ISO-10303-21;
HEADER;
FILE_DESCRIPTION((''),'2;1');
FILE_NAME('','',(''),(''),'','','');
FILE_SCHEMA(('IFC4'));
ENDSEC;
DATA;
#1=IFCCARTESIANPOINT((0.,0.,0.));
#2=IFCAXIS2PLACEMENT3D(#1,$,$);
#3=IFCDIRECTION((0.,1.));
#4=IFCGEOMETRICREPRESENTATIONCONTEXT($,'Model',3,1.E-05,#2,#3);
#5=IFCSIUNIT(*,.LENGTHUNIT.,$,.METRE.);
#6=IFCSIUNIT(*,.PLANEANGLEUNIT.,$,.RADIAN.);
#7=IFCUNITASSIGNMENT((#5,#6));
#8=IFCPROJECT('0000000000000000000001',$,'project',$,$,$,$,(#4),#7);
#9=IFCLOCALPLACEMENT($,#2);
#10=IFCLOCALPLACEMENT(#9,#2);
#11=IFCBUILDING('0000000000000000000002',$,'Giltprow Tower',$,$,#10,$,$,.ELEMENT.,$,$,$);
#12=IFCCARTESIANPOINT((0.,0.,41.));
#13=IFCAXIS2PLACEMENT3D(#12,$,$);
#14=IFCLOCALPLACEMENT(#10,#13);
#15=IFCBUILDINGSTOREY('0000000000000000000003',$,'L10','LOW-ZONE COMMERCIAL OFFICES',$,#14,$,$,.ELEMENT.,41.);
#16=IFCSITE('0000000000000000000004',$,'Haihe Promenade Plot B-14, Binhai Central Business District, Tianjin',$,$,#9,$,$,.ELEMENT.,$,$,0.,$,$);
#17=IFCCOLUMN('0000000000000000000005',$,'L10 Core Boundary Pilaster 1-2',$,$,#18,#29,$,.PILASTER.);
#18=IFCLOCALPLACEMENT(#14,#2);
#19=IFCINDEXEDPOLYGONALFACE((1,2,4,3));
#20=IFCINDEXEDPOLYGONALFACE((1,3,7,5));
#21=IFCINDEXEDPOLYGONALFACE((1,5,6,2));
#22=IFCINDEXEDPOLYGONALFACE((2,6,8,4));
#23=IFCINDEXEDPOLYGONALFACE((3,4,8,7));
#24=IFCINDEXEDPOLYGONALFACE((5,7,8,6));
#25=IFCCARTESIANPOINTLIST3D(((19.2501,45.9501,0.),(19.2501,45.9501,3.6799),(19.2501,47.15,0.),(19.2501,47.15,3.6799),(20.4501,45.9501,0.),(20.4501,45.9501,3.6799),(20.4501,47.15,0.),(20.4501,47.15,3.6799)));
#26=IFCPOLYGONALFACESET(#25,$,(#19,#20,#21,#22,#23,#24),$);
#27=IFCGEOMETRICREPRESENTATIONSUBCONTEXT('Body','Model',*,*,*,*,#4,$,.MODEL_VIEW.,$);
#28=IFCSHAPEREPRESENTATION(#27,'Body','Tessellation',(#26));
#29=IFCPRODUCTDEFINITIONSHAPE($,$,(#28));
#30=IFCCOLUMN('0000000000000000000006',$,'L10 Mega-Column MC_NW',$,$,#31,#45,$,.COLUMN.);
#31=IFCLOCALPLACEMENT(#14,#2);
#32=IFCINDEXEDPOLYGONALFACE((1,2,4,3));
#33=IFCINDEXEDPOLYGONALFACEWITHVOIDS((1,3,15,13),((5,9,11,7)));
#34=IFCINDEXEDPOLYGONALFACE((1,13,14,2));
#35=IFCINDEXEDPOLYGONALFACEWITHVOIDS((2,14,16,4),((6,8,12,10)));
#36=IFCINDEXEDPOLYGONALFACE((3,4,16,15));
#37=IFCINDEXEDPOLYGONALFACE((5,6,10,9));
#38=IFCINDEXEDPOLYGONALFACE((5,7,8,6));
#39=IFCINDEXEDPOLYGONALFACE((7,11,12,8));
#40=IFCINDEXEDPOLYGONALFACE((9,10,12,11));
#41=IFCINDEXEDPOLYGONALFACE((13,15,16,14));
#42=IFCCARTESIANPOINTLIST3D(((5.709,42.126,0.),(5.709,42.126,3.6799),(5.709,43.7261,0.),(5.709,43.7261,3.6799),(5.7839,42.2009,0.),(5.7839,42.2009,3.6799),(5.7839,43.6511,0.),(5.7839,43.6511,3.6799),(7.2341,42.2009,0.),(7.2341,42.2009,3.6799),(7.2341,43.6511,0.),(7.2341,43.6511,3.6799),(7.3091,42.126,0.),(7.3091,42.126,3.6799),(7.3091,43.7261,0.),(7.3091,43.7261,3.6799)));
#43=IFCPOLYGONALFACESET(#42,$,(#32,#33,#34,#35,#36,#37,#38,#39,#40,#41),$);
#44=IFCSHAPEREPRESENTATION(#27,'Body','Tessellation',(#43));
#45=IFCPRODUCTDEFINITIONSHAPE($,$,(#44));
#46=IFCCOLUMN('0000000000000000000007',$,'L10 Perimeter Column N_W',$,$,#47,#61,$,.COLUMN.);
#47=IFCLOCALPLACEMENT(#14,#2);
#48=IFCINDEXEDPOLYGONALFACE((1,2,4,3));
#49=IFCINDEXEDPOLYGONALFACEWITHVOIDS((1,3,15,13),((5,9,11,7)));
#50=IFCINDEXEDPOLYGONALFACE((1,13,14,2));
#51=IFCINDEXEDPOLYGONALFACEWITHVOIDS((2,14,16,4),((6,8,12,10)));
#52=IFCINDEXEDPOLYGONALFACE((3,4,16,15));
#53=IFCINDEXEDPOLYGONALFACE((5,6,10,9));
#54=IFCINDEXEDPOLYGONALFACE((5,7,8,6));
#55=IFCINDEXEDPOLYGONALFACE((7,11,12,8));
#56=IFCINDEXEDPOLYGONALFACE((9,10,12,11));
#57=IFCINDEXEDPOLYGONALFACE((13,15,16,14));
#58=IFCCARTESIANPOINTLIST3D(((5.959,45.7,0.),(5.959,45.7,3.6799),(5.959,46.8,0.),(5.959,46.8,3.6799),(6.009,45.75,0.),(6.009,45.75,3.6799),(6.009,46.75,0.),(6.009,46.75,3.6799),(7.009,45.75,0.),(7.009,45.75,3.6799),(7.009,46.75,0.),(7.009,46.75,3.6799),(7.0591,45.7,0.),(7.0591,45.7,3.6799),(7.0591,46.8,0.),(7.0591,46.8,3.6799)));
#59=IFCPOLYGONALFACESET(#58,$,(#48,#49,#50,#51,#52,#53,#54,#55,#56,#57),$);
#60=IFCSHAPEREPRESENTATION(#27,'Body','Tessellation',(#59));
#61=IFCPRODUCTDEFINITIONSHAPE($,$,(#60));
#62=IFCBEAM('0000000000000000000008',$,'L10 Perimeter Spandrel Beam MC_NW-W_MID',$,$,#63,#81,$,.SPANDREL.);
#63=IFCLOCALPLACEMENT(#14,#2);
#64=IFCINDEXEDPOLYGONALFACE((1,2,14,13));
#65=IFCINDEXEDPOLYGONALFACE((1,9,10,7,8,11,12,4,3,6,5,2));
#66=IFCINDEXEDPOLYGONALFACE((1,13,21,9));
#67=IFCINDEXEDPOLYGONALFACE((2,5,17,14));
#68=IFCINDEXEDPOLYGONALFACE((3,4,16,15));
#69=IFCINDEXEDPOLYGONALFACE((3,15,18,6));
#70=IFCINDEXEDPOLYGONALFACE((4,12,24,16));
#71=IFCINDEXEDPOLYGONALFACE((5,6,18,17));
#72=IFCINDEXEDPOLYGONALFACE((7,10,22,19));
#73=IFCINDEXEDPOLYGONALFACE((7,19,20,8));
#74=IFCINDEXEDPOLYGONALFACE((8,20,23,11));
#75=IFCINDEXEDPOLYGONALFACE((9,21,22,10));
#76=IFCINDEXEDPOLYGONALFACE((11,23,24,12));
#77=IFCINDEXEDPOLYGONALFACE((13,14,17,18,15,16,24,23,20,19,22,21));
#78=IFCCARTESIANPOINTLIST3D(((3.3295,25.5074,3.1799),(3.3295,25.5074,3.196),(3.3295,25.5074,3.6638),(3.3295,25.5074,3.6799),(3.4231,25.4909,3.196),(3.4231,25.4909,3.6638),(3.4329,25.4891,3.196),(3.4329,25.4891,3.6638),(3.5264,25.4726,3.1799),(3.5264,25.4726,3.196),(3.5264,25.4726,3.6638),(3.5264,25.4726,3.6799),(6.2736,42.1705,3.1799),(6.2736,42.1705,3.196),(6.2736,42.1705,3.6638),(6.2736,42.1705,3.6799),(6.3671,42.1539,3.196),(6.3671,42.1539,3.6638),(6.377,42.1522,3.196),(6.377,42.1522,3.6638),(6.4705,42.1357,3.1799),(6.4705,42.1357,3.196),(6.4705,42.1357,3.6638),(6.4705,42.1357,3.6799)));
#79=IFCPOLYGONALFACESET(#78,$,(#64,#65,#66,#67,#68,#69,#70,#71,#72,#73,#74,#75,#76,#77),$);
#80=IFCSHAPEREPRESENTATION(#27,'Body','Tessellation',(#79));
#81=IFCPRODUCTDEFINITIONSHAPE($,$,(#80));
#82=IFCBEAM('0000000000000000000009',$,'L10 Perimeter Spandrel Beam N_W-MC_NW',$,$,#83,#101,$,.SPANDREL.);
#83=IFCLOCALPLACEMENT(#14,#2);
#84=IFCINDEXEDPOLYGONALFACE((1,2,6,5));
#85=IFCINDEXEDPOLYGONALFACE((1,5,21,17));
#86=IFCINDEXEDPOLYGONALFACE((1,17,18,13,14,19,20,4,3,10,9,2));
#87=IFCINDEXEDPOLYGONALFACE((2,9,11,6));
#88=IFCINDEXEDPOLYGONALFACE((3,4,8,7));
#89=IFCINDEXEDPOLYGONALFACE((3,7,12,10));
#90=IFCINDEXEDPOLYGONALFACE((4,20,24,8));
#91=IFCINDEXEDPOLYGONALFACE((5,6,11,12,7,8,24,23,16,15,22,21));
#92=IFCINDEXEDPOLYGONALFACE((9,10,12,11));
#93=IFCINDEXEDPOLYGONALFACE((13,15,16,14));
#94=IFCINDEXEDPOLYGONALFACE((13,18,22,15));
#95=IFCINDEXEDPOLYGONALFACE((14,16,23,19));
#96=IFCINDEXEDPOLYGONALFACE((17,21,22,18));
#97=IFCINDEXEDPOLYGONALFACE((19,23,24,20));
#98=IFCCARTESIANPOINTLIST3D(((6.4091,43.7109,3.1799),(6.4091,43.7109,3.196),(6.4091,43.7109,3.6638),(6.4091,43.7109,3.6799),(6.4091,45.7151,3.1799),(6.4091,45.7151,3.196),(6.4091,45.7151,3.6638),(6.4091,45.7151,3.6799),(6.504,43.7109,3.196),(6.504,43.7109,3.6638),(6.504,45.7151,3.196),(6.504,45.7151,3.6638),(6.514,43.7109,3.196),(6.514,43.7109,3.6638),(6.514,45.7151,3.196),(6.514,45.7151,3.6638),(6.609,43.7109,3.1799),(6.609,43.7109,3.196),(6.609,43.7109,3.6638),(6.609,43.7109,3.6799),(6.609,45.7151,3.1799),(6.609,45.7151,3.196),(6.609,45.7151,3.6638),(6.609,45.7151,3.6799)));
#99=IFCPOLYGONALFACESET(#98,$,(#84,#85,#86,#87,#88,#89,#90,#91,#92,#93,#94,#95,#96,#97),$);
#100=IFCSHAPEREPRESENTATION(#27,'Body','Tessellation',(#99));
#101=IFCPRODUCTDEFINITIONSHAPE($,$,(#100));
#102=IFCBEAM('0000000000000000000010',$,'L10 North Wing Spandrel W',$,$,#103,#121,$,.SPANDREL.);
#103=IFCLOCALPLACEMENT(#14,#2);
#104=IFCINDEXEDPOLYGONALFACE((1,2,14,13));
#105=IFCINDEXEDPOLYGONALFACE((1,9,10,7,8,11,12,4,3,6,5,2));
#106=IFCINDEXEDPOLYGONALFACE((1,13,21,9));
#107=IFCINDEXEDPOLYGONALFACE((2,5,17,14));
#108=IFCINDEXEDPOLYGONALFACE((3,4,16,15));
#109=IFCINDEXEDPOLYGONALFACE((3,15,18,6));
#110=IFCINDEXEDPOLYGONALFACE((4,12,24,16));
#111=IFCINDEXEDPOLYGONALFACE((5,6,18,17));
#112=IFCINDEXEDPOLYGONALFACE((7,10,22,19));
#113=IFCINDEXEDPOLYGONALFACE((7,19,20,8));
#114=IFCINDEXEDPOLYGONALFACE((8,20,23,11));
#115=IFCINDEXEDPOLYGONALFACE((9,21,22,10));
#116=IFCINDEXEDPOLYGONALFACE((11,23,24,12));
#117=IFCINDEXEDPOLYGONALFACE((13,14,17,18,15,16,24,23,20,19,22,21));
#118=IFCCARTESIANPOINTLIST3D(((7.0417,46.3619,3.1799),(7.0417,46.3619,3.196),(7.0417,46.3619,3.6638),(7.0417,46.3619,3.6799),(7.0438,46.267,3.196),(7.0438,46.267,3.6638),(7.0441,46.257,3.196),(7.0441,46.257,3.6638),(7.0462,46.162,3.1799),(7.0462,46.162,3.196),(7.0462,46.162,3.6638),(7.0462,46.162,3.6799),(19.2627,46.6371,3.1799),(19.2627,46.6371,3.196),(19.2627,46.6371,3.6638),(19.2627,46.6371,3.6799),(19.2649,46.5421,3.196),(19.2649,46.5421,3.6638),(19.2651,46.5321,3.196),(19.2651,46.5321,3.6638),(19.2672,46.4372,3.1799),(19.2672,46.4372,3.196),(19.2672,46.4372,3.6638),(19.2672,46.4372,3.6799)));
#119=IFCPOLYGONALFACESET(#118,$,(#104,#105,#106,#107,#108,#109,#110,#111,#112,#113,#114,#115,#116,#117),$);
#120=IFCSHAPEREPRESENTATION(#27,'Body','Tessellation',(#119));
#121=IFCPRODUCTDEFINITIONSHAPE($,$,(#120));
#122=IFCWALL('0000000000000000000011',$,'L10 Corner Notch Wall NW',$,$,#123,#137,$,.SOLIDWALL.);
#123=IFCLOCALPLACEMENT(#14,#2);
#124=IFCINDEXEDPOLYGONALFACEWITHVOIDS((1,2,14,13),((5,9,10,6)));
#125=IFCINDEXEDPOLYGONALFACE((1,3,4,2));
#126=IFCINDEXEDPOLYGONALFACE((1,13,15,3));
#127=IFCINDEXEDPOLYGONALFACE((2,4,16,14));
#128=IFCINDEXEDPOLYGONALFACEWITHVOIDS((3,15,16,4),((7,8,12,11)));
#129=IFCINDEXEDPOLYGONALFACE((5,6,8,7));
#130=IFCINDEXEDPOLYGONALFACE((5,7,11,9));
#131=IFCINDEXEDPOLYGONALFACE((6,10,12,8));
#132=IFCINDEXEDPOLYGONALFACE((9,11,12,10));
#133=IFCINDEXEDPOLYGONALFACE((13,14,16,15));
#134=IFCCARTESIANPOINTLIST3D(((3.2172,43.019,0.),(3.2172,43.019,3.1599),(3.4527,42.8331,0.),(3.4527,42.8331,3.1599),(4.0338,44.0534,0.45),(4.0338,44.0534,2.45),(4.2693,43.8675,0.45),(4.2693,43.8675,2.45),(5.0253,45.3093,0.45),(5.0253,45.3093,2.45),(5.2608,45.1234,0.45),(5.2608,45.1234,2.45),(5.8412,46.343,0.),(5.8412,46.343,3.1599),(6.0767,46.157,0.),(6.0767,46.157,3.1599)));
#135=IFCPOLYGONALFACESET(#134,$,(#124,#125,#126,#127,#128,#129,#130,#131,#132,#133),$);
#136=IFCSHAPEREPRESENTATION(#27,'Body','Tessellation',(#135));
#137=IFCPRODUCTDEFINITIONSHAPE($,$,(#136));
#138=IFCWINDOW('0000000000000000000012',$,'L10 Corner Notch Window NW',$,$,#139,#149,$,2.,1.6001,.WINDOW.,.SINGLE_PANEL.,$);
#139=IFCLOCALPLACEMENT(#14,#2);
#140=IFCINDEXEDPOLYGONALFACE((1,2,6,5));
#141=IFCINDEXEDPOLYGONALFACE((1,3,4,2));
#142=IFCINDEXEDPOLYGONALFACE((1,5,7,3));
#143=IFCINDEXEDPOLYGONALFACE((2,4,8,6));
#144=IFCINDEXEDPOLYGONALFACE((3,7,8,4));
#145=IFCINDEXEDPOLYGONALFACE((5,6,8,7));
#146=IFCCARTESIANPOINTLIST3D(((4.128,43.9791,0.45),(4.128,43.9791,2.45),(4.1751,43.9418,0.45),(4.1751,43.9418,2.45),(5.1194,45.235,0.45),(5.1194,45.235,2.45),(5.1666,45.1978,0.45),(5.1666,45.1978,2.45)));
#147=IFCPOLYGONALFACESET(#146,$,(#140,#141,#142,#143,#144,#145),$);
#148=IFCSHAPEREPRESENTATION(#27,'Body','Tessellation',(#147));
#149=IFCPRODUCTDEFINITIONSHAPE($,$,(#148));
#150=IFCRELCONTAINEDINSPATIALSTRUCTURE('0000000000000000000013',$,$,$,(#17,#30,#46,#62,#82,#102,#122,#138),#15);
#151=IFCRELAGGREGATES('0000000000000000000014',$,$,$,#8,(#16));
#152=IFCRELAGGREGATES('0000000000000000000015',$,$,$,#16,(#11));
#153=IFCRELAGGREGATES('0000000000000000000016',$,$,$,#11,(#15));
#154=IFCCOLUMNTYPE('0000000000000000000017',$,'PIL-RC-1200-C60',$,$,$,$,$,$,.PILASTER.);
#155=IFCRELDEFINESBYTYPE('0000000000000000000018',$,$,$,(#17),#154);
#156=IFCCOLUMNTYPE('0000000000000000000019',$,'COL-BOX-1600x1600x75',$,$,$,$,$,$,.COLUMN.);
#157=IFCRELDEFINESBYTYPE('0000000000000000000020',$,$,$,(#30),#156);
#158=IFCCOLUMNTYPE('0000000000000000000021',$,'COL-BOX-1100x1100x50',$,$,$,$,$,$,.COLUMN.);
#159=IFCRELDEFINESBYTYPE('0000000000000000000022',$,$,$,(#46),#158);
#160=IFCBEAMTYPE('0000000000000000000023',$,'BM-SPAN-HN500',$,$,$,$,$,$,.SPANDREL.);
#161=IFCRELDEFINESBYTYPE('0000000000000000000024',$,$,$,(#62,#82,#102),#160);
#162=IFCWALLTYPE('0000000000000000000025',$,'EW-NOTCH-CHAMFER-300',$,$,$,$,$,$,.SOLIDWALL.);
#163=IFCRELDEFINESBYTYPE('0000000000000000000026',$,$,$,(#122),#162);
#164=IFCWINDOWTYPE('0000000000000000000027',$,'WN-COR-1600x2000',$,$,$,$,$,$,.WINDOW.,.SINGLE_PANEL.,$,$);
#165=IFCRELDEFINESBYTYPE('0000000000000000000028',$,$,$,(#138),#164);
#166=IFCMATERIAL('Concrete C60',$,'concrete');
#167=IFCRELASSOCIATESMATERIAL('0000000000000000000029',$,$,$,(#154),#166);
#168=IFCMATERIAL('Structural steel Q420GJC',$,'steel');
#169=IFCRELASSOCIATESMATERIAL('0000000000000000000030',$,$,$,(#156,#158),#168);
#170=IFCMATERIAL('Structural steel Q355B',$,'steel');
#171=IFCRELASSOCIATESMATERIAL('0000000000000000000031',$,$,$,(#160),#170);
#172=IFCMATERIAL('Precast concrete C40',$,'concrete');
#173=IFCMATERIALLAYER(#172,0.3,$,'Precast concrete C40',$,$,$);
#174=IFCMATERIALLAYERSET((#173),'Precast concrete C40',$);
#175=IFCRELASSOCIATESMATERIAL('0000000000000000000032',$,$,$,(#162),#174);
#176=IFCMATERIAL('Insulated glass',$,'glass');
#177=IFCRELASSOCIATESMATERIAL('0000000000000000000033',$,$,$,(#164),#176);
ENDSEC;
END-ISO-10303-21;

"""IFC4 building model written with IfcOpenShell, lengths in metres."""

from ifc_helpers import new_model, si_unit, direction, frame, frame_2d, origin, origin_2d, place, context, subcontext, project, spatial, rectangle, hollow_rectangle, i_section, extrude, source, transform, mapped, material, layer, layer_set, material_profile, profile_set, type_object, element, fill, save


model = new_model("IFC4")

# Units and contexts
model_context = context("Model", 3, precision=1e-05, world=origin(), true_north=direction((0.0, 1.0)))
body_context = subcontext(model_context, "Body", "Model", "MODEL_VIEW")
ifc_project = project(units=[si_unit("LENGTHUNIT", "METRE"), si_unit("PLANEANGLEUNIT", "RADIAN")], contexts=[model_context])

# Site, building, storey
site_placement = place(None, origin())
site = spatial("IfcSite", under=ifc_project, at=site_placement, Name="Haihe Promenade Plot B-14, Binhai Central Business District, Tianjin", CompositionType="ELEMENT", RefElevation=0.0)
building_placement = place(site_placement, origin())
building = spatial("IfcBuilding", under=site, at=building_placement, Name="Giltprow Tower", CompositionType="ELEMENT")
storey_placement = place(building_placement, frame((0.0, 0.0, 41.0)))
storey = spatial("IfcBuildingStorey", under=building, at=storey_placement, Name="L10", Description="LOW-ZONE COMMERCIAL OFFICES", CompositionType="ELEMENT", Elevation=41.0)

# Columns
ifc_material_1 = material(Name="Concrete C60", Category="concrete")
ifc_material_profile_1 = material_profile(ifc_material_1, rectangle(XDim=1.2, YDim=1.2, at=origin_2d()), Name="RC 1200x1200")
ifc_profile_set_1 = profile_set([ifc_material_profile_1], Name="Concrete C60")
column_type_1 = type_object("IfcColumnType", Name="PIL-RC-1200-C60", PredefinedType="PILASTER", material=ifc_profile_set_1)
shared_shape_1 = source(origin(), body_context, "Body", "SweptSolid", [
    extrude(rectangle(XDim=1.2, YDim=1.2, at=origin_2d()), origin(), (0.0, 0.0, 1.0), 3.6799),
])
column_1_placement = place(storey_placement, frame((19.8501, 46.55, 0.0), z_axis=(0.0, 0.0, 1.0), x_axis=(1.0, 0.0, 0.0)))
element("IfcColumn", 1, at=column_1_placement, inside=storey, type_object=column_type_1, Name="L10 Core Boundary Pilaster 1-2", PredefinedType="PILASTER", context=body_context, shape_type="MappedRepresentation", body=[
    mapped(shared_shape_1, transform((0.0, 0.0, 0.0), x_axis=(1.0, 0.0, 0.0), y_axis=(0.0, 1.0, 0.0), z_axis=(0.0, 0.0, 1.0), scale=1.0)),
])
ifc_material_2 = material(Name="Structural steel Q420GJC", Category="steel")
ifc_material_profile_2 = material_profile(ifc_material_2, hollow_rectangle(XDim=1.6001, YDim=1.6001, WallThickness=0.075, at=origin_2d()), Name="BOX 1600x1600x75")
ifc_profile_set_2 = profile_set([ifc_material_profile_2], Name="Structural steel Q420GJC")
column_type_2 = type_object("IfcColumnType", Name="COL-BOX-1600x1600x75", PredefinedType="COLUMN", material=ifc_profile_set_2)
shared_shape_2 = source(origin(), body_context, "Body", "SweptSolid", [
    extrude(hollow_rectangle(XDim=1.6001, YDim=1.6001, WallThickness=0.075, at=origin_2d()), origin(), (0.0, 0.0, 1.0), 3.6799),
])
column_2_placement = place(storey_placement, frame((6.509, 42.926, 0.0), z_axis=(0.0, 0.0, 1.0), x_axis=(1.0, 0.0, 0.0)))
element("IfcColumn", 2, at=column_2_placement, inside=storey, type_object=column_type_2, Name="L10 Mega-Column MC_NW", PredefinedType="COLUMN", context=body_context, shape_type="MappedRepresentation", body=[
    mapped(shared_shape_2, transform((0.0, 0.0, 0.0), x_axis=(1.0, 0.0, 0.0), y_axis=(0.0, 1.0, 0.0), z_axis=(0.0, 0.0, 1.0), scale=1.0)),
])
ifc_material_profile_3 = material_profile(ifc_material_2, hollow_rectangle(XDim=1.1001, YDim=1.1001, WallThickness=0.05, at=origin_2d()), Name="BOX 1100x1100x50")
ifc_profile_set_3 = profile_set([ifc_material_profile_3], Name="Structural steel Q420GJC")
column_type_3 = type_object("IfcColumnType", Name="COL-BOX-1100x1100x50", PredefinedType="COLUMN", material=ifc_profile_set_3)
shared_shape_3 = source(origin(), body_context, "Body", "SweptSolid", [
    extrude(hollow_rectangle(XDim=1.1001, YDim=1.1001, WallThickness=0.05, at=origin_2d()), origin(), (0.0, 0.0, 1.0), 3.6799),
])
column_3_placement = place(storey_placement, frame((6.509, 46.25, 0.0), z_axis=(0.0, 0.0, 1.0), x_axis=(1.0, 0.0, 0.0)))
element("IfcColumn", 3, at=column_3_placement, inside=storey, type_object=column_type_3, Name="L10 Perimeter Column N_W", PredefinedType="COLUMN", context=body_context, shape_type="MappedRepresentation", body=[
    mapped(shared_shape_3, transform((0.0, 0.0, 0.0), x_axis=(1.0, 0.0, 0.0), y_axis=(0.0, 1.0, 0.0), z_axis=(0.0, 0.0, 1.0), scale=1.0)),
])

# Beams
ifc_material_3 = material(Name="Structural steel Q355B", Category="steel")
ifc_material_profile_4 = material_profile(ifc_material_3, i_section(OverallWidth=0.2, OverallDepth=0.5, WebThickness=0.01, FlangeThickness=0.0161, at=origin_2d()), Name="HN 500x200x10x16")
ifc_profile_set_4 = profile_set([ifc_material_profile_4], Name="Structural steel Q355B")
beam_type = type_object("IfcBeamType", Name="BM-SPAN-HN500", PredefinedType="SPANDREL", material=ifc_profile_set_4)
shared_shape_4 = source(origin(), body_context, "Body", "SweptSolid", [
    extrude(i_section(OverallWidth=0.2, OverallDepth=0.5, WebThickness=0.01, FlangeThickness=0.0161, at=origin_2d()), origin(), (0.0, 0.0, 1.0), 16.9211),
])
beam_1_placement = place(storey_placement, frame((6.3721, 42.1531, 3.4299), z_axis=(-0.173989, -0.984748, 0.0), x_axis=(0.984748, -0.173989, 0.0)))
element("IfcBeam", 4, at=beam_1_placement, inside=storey, type_object=beam_type, Name="L10 Perimeter Spandrel Beam MC_NW-W_MID", PredefinedType="SPANDREL", context=body_context, shape_type="MappedRepresentation", body=[
    mapped(shared_shape_4, transform((0.0, 0.0, 0.0), x_axis=(1.0, 0.0, 0.0), y_axis=(0.0, 1.0, 0.0), z_axis=(0.0, 0.0, 1.0), scale=1.0)),
])
shared_shape_5 = source(origin(), body_context, "Body", "SweptSolid", [
    extrude(i_section(OverallWidth=0.2, OverallDepth=0.5, WebThickness=0.01, FlangeThickness=0.0161, at=origin_2d()), origin(), (0.0, 0.0, 1.0), 2.0042),
])
beam_2_placement = place(storey_placement, frame((6.509, 45.7151, 3.4299), z_axis=(0.0, -1.0, 0.0), x_axis=(1.0, 0.0, 0.0)))
element("IfcBeam", 5, at=beam_2_placement, inside=storey, type_object=beam_type, Name="L10 Perimeter Spandrel Beam N_W-MC_NW", PredefinedType="SPANDREL", context=body_context, shape_type="MappedRepresentation", body=[
    mapped(shared_shape_5, transform((0.0, 0.0, 0.0), x_axis=(1.0, 0.0, 0.0), y_axis=(0.0, 1.0, 0.0), z_axis=(0.0, 0.0, 1.0), scale=1.0)),
])
shared_shape_6 = source(origin(), body_context, "Body", "SweptSolid", [
    extrude(i_section(OverallWidth=0.2, OverallDepth=0.5, WebThickness=0.01, FlangeThickness=0.0161, at=origin_2d()), origin(), (0.0, 0.0, 1.0), 12.2241),
])
beam_3_placement = place(storey_placement, frame((7.0439, 46.262, 3.4299), z_axis=(0.999747, 0.022509, 0.0), x_axis=(-0.022509, 0.999747, 0.0)))
element("IfcBeam", 6, at=beam_3_placement, inside=storey, type_object=beam_type, Name="L10 North Wing Spandrel W", PredefinedType="SPANDREL", context=body_context, shape_type="MappedRepresentation", body=[
    mapped(shared_shape_6, transform((0.0, 0.0, 0.0), x_axis=(1.0, 0.0, 0.0), y_axis=(0.0, 1.0, 0.0), z_axis=(0.0, 0.0, 1.0), scale=1.0)),
])

# Wall, opening, window
ifc_material_4 = material(Name="Precast concrete C40", Category="concrete")
ifc_layer_1 = layer(ifc_material_4, 0.3, Name="Precast concrete C40")
ifc_layer_set_1 = layer_set([ifc_layer_1], Name="Precast concrete C40")
wall_type_1 = type_object("IfcWallType", Name="EW-NOTCH-CHAMFER-300", PredefinedType="SOLIDWALL", material=ifc_layer_set_1)
wall_1_placement = place(storey_placement, frame((5.959, 46.25, 0.0), z_axis=(0.0, 0.0, 1.0), x_axis=(-0.61962, -0.784902, 0.0)))
wall_1 = element("IfcWall", 7, at=wall_1_placement, inside=storey, type_object=wall_type_1, Name="L10 Corner Notch Wall NW", PredefinedType="SOLIDWALL", context=body_context, shape_type="SweptSolid", body=[
    extrude(rectangle(XDim=4.2349, YDim=0.3, at=frame_2d((2.1174, 0.0))), origin(), (0.0, 0.0, 1.0), 3.1599),
])
opening_1_placement = place(wall_1_placement, frame((1.3169, 0.0, 0.45)))
opening_1 = element("IfcOpeningElement", 8, at=opening_1_placement, cuts=wall_1, PredefinedType="OPENING", context=body_context, shape_type="SweptSolid", body=[
    extrude(rectangle(XDim=1.6001, YDim=2.0, at=frame_2d((0.8, 1.0))), frame((0.0, 0.1599, 0.0), z_axis=(0.0, -1.0, 0.0), x_axis=(1.0, 0.0, 0.0)), (0.0, 0.0, 1.0), 0.3201),
])
ifc_material_5 = material(Name="Insulated glass", Category="glass")
window_type = type_object("IfcWindowType", Name="WN-COR-1600x2000", PartitioningType="SINGLE_PANEL", PredefinedType="WINDOW", material=ifc_material_5)
shared_shape_7 = source(origin(), body_context, "Body", "SweptSolid", [
    extrude(rectangle(XDim=1.6001, YDim=2.0, at=frame_2d((0.8, 1.0))), frame((0.0, 0.03, 0.0), z_axis=(0.0, -1.0, 0.0), x_axis=(1.0, 0.0, 0.0)), (0.0, 0.0, 1.0), 0.0601),
])
window_1_placement = place(opening_1_placement, origin())
window_1 = element("IfcWindow", 9, at=window_1_placement, inside=storey, type_object=window_type, Name="L10 Corner Notch Window NW", OverallHeight=2.0, OverallWidth=1.6001, PartitioningType="SINGLE_PANEL", PredefinedType="WINDOW", context=body_context, shape_type="MappedRepresentation", body=[
    mapped(shared_shape_7, transform((0.0, 0.0, 0.0), x_axis=(1.0, 0.0, 0.0), y_axis=(0.0, 1.0, 0.0), z_axis=(0.0, 0.0, 1.0), scale=1.0)),
])
fill(opening_1, window_1)

save(model, "model.ifc")
